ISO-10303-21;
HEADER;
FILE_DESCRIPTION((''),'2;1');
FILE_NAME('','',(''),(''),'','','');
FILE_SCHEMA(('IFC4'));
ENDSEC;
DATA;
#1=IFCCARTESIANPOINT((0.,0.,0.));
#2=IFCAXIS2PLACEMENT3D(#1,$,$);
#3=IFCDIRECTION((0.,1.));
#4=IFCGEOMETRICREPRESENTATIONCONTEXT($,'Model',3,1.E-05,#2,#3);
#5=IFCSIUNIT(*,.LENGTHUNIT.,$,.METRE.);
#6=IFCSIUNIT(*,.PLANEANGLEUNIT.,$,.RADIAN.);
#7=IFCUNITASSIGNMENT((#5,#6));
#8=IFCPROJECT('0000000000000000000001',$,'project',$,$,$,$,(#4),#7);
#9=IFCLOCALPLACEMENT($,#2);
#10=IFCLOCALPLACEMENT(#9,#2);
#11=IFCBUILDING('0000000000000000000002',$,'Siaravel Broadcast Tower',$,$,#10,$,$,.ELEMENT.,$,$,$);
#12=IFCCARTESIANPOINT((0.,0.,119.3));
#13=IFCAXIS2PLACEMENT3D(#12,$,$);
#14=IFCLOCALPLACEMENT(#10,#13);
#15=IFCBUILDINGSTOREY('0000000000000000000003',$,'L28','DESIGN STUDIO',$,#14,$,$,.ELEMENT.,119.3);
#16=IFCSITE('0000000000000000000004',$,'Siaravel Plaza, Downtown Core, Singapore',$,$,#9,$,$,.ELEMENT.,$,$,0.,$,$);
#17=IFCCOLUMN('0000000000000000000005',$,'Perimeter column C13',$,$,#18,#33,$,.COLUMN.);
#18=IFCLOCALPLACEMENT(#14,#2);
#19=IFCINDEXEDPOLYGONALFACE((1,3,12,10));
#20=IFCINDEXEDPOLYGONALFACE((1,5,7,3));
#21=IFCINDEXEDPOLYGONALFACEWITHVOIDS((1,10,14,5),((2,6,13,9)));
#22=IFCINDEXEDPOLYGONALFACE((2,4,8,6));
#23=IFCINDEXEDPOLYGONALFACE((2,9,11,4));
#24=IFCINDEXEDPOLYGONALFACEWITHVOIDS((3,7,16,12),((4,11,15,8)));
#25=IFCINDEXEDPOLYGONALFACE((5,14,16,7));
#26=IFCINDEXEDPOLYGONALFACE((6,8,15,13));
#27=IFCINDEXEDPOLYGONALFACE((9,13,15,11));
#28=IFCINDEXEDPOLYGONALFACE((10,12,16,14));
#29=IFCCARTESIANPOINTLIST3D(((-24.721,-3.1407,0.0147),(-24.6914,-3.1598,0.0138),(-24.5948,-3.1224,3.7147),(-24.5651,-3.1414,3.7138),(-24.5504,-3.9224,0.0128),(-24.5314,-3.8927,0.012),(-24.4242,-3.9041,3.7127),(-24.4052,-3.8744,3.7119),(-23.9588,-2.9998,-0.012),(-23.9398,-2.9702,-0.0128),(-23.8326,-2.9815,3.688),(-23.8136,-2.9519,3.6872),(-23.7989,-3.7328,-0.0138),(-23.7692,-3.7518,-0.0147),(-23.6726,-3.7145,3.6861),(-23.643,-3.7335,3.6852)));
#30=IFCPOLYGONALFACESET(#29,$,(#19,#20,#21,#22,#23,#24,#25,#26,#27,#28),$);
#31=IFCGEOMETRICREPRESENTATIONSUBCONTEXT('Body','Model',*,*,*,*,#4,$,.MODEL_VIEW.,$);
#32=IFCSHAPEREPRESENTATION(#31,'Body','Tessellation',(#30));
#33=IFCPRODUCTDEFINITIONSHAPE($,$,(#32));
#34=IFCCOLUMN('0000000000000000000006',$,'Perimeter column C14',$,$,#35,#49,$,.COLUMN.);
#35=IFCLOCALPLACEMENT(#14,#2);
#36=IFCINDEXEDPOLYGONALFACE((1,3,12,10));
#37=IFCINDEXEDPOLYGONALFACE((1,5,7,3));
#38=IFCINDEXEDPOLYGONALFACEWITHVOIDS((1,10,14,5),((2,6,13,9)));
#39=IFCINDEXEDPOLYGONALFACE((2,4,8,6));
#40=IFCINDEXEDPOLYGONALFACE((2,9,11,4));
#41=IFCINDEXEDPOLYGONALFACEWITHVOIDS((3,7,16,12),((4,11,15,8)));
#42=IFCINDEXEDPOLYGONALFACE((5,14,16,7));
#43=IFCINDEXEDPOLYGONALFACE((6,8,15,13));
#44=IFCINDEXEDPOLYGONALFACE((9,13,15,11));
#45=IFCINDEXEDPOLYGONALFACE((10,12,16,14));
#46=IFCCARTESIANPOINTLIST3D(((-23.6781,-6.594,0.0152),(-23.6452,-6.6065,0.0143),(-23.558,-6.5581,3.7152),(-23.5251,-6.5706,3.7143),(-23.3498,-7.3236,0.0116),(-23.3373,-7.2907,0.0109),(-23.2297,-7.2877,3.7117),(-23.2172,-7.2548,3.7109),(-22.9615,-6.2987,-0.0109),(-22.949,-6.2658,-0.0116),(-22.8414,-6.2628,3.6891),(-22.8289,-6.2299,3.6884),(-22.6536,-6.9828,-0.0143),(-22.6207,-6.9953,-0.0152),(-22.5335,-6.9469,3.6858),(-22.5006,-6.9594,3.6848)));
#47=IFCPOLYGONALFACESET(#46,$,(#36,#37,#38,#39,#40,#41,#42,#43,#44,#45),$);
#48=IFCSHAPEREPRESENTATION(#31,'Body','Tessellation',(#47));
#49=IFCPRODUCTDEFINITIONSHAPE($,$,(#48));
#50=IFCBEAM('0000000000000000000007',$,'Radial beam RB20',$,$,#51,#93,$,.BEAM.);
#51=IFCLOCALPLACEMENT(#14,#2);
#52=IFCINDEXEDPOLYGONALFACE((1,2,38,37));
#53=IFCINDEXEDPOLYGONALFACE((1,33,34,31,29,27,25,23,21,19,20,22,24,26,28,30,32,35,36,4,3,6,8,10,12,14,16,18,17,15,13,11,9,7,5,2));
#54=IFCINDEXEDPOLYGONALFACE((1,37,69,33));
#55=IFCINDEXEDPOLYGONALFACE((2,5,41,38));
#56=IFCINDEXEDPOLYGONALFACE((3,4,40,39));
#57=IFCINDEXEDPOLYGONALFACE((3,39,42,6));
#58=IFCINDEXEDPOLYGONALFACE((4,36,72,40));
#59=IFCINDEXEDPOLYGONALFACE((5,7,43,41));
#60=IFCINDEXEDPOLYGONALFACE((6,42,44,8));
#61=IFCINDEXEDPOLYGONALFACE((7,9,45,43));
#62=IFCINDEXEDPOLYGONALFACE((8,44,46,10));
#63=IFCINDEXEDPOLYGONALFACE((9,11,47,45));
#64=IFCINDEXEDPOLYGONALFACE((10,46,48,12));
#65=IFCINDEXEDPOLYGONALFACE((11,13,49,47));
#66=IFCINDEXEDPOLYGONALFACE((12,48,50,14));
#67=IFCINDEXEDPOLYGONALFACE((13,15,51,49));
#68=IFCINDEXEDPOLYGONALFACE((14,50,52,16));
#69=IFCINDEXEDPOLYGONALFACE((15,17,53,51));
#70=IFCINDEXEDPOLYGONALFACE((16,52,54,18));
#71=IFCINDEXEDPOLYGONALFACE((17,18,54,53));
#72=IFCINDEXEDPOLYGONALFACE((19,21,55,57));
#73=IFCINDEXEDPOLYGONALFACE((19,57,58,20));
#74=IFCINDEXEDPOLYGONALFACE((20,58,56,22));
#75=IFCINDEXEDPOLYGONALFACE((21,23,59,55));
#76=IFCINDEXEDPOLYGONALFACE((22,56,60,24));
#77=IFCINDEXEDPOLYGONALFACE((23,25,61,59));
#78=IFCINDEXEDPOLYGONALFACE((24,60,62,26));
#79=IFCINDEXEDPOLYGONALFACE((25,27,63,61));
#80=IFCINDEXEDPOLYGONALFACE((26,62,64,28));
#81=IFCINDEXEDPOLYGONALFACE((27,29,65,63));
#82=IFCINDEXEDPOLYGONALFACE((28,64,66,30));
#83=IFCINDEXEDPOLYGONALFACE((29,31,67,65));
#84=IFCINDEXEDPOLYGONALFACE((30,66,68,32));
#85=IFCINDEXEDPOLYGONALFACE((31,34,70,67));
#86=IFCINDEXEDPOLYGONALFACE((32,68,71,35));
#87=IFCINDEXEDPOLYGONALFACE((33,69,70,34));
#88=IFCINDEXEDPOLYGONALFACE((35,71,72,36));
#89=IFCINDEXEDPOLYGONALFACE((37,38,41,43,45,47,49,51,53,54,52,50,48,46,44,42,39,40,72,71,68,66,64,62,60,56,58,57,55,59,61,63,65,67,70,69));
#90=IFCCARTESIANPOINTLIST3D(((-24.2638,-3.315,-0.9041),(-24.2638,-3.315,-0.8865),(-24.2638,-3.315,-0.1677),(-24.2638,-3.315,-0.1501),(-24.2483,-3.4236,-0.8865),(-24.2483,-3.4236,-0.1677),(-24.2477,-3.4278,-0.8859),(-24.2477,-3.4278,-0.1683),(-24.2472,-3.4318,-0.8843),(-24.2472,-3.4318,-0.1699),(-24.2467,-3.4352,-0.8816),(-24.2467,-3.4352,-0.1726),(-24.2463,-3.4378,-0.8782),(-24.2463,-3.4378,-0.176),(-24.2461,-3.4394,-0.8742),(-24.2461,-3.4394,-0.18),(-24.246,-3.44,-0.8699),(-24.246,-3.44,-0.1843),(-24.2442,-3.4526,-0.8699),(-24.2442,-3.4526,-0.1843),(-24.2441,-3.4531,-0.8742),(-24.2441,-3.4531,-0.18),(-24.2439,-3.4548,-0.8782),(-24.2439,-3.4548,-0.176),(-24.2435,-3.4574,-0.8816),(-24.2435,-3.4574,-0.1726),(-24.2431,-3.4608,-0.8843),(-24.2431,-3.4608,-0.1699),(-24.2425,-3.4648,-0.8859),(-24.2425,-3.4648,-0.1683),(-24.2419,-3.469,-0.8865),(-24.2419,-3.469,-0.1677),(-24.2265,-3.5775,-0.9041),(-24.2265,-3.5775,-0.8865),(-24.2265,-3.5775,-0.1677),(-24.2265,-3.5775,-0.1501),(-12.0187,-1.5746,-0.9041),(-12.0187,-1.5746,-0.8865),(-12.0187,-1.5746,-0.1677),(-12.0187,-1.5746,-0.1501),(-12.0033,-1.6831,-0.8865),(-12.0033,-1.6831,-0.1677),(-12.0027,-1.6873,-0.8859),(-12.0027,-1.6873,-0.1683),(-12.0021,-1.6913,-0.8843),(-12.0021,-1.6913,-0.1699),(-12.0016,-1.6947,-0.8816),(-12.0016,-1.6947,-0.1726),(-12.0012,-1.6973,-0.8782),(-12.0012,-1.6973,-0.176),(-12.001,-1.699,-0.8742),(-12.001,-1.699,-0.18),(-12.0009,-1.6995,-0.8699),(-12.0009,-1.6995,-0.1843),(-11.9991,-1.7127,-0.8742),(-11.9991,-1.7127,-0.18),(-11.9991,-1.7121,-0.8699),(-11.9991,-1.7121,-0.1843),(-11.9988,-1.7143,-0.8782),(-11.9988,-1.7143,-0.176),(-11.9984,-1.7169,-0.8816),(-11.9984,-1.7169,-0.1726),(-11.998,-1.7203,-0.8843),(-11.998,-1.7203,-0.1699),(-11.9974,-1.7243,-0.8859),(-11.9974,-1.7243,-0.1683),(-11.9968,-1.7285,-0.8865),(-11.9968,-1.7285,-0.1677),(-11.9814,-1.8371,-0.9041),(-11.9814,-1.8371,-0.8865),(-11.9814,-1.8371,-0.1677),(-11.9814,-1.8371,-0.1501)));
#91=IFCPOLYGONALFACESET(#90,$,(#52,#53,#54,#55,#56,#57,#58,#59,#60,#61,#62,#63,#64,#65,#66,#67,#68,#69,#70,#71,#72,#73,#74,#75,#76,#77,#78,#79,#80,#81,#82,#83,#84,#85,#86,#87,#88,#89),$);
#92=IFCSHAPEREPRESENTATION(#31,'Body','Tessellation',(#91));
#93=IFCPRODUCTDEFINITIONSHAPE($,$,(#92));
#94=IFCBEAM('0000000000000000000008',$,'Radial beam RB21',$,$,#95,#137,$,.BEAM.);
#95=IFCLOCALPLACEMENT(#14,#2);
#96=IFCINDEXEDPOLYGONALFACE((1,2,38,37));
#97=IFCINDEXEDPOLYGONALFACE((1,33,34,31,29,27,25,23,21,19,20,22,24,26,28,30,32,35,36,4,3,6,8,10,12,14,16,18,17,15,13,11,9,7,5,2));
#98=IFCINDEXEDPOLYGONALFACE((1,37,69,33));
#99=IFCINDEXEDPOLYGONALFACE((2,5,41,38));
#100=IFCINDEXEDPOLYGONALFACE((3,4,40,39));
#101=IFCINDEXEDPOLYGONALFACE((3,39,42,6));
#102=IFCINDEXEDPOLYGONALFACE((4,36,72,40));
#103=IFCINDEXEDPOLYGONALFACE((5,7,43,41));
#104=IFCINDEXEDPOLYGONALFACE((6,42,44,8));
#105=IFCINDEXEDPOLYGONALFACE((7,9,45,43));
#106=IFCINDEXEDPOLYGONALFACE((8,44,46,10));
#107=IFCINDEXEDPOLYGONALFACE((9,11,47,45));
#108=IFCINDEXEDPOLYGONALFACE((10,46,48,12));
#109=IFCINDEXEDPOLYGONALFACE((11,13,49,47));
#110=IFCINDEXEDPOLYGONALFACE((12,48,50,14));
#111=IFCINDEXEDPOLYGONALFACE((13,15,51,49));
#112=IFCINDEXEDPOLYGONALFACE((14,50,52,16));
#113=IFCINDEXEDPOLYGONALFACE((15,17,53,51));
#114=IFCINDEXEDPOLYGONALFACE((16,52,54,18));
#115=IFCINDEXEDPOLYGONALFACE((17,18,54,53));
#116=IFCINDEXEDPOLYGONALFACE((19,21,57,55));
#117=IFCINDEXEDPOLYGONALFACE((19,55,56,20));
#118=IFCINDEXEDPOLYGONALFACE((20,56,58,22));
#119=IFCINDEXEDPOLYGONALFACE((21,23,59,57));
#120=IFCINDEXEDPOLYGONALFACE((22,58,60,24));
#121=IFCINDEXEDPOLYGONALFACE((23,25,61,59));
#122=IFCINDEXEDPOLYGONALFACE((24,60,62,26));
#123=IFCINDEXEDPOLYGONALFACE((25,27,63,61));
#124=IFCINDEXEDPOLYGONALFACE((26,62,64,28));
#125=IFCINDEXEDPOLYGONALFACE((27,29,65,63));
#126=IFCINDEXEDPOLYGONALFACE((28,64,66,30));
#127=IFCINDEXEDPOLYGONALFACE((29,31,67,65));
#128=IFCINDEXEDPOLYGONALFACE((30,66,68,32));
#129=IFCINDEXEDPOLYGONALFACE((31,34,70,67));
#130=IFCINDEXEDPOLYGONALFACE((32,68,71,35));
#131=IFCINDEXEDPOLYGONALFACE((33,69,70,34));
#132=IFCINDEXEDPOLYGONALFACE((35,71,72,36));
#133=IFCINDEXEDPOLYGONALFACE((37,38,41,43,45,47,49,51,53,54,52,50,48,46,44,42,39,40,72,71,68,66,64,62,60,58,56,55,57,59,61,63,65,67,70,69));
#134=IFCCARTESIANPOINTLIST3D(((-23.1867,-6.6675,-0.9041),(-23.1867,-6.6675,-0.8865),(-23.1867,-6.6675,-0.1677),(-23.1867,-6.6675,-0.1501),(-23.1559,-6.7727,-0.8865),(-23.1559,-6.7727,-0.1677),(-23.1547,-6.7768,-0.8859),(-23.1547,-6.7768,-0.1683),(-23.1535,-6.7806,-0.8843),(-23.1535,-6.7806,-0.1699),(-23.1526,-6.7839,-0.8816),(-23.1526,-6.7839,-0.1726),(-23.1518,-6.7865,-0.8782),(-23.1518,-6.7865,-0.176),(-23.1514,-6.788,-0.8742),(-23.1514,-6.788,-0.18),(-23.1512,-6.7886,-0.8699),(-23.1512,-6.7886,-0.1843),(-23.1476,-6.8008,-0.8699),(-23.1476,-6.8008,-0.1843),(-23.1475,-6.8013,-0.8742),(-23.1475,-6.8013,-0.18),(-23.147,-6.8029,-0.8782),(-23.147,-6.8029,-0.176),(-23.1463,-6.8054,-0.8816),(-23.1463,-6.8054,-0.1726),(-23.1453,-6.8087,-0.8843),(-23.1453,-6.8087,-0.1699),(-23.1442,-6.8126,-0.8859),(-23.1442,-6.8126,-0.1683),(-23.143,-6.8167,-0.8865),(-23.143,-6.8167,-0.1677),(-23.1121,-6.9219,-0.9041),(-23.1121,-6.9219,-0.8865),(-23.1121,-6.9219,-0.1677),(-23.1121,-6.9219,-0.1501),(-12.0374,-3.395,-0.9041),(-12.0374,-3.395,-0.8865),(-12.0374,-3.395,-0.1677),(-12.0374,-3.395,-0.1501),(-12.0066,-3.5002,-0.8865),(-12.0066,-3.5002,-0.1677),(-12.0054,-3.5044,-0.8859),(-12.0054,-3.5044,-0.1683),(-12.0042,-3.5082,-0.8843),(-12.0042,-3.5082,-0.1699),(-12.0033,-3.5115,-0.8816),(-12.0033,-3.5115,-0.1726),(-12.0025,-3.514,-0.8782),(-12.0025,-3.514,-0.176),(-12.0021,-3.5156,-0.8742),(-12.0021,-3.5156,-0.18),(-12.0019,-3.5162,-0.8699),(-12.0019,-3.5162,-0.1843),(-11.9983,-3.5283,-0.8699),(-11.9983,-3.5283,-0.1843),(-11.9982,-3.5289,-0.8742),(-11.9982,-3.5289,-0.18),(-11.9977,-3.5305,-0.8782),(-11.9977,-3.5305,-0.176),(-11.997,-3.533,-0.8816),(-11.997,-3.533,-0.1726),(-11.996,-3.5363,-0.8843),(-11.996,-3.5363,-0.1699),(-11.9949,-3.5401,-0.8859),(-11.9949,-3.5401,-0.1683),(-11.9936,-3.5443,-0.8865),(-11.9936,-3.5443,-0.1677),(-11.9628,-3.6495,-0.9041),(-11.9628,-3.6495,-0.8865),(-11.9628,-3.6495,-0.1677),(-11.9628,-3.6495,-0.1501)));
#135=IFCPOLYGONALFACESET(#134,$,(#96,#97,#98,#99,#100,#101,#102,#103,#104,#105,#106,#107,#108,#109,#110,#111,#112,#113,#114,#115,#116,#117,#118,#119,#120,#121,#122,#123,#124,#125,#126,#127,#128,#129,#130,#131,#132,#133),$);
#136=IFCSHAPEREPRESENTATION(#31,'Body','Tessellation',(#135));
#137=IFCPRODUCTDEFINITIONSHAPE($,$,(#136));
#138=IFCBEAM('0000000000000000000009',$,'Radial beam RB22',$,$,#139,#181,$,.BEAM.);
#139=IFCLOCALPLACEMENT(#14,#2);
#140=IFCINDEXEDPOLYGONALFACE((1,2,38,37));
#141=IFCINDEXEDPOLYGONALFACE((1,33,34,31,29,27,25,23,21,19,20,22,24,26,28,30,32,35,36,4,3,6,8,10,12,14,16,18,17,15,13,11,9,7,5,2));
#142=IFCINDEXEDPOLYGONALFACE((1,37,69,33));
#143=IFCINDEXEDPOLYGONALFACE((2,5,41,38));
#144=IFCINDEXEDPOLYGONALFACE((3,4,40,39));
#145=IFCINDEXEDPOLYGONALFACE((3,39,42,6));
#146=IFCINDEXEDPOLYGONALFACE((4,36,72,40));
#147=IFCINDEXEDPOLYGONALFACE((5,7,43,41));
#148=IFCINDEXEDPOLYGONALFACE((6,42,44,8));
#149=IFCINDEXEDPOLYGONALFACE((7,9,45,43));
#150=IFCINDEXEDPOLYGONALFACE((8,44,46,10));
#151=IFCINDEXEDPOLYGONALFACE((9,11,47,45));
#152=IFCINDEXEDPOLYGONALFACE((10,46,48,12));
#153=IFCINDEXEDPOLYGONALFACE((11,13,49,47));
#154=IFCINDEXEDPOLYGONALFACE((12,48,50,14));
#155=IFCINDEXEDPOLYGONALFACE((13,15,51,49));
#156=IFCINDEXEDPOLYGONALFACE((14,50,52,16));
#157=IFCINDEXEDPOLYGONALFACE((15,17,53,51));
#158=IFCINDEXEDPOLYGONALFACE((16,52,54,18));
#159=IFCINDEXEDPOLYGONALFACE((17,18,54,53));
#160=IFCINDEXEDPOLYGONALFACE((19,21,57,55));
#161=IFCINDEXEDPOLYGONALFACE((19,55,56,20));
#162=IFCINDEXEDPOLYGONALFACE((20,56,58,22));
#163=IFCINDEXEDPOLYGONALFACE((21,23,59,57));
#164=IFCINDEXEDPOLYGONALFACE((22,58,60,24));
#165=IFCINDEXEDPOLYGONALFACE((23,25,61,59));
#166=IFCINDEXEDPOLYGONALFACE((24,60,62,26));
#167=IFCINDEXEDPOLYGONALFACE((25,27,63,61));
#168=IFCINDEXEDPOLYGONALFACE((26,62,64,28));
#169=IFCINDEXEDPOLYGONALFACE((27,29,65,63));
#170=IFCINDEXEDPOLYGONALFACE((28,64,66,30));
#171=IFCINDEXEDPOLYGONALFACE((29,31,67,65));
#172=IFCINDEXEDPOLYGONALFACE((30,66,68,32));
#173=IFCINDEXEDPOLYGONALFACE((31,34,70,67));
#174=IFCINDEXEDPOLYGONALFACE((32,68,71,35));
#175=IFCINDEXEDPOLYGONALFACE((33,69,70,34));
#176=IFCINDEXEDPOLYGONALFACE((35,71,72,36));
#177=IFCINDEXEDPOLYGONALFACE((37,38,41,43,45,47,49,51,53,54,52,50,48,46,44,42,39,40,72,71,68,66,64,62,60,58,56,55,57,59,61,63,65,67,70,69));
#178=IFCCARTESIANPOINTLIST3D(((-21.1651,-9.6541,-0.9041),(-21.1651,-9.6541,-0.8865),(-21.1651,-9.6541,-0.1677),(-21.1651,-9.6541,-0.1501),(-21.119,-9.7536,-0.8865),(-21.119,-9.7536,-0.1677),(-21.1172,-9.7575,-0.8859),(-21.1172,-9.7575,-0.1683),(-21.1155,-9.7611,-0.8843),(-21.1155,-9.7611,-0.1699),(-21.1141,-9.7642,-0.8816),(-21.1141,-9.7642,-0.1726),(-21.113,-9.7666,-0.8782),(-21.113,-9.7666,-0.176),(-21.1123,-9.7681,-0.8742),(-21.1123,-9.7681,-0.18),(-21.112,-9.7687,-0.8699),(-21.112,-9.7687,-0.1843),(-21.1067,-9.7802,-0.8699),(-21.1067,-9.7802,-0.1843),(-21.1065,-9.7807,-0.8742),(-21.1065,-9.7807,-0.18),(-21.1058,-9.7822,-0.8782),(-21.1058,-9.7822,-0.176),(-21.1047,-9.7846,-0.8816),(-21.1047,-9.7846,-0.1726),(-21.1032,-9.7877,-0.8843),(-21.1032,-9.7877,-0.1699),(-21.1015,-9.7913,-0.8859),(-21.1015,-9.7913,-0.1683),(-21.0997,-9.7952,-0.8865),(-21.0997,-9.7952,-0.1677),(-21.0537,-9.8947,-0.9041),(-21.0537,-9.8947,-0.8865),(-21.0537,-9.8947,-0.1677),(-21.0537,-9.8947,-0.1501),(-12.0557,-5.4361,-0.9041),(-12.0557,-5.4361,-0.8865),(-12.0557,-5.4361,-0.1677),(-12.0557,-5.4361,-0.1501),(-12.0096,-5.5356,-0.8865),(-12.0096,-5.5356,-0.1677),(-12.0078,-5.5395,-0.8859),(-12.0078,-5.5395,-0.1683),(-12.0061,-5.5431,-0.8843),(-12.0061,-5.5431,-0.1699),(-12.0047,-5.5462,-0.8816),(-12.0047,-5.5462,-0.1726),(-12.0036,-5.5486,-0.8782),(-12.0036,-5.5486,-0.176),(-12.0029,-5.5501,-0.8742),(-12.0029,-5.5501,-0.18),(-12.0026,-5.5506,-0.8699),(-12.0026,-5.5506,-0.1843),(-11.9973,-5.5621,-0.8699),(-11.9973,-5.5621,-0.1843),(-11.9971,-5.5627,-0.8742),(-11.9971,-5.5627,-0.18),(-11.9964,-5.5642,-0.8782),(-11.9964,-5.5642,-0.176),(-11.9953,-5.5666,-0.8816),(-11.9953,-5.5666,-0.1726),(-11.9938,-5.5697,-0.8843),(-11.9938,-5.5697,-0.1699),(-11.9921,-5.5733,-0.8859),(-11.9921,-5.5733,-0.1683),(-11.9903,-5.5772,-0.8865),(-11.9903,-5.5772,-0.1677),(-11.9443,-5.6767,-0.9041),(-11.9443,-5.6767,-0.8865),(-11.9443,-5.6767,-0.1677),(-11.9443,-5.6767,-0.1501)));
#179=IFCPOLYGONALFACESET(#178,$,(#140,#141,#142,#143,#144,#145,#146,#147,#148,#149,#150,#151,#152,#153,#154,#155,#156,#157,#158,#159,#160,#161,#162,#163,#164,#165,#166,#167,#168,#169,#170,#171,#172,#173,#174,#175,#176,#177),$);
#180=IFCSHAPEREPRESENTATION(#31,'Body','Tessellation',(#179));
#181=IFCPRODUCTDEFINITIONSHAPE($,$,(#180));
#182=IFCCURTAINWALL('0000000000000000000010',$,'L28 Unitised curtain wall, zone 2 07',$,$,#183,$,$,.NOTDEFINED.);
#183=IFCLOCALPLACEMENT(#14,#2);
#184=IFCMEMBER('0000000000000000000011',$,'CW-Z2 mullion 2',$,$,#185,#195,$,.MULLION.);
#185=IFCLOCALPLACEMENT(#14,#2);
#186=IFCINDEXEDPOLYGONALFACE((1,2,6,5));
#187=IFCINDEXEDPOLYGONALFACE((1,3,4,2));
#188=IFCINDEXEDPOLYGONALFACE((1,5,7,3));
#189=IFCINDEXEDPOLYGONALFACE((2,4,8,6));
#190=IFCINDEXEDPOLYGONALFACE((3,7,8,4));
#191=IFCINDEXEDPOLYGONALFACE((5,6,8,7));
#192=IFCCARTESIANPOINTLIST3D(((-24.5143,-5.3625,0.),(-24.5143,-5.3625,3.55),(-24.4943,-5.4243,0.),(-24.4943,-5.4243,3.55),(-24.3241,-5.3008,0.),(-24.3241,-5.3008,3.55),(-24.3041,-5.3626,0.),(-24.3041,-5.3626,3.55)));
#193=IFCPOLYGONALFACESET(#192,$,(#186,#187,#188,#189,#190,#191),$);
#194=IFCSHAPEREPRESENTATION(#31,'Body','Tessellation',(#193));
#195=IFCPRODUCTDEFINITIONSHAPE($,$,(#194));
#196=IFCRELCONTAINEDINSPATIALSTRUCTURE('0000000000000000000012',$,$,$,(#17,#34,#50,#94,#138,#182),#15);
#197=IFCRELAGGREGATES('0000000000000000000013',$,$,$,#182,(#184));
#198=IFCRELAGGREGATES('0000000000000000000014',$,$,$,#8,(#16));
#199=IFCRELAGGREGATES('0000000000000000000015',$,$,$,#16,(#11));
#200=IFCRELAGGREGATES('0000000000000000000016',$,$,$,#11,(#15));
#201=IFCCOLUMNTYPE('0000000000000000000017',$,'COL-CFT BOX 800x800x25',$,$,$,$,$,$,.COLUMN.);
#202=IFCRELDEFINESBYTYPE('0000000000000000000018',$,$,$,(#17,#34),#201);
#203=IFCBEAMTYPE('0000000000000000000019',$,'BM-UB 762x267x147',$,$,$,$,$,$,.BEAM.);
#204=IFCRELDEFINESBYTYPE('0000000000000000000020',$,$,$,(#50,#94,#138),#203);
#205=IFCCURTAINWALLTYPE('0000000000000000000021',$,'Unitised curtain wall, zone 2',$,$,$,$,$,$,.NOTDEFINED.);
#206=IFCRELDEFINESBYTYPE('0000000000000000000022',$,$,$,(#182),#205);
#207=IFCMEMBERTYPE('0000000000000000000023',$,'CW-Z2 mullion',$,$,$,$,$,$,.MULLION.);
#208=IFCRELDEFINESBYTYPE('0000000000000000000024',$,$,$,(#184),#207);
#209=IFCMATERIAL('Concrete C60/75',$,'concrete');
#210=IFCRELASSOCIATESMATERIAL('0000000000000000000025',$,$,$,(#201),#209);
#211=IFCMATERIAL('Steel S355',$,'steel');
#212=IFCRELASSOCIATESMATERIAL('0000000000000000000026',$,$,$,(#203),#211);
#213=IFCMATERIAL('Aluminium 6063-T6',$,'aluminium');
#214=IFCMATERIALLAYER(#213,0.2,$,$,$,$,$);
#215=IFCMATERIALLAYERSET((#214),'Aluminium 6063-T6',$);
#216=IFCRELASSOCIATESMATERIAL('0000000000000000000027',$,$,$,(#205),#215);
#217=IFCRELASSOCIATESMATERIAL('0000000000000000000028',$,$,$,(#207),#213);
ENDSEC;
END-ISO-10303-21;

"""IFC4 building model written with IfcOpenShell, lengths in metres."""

from ifc_helpers import new_model, si_unit, direction, frame, origin, origin_2d, place, context, subcontext, project, spatial, rectangle, hollow_rectangle, i_section, extrude, material, layer, layer_set, material_profile, profile_set, type_object, element, aggregate, save


model = new_model("IFC4")

# Units and contexts
model_context = context("Model", 3, precision=1e-05, world=origin(), true_north=direction((0.0, 1.0)))
body_context = subcontext(model_context, "Body", "Model", "MODEL_VIEW")
ifc_project = project(units=[si_unit("LENGTHUNIT", "METRE"), si_unit("PLANEANGLEUNIT", "RADIAN")], contexts=[model_context])

# Site, building, storey
site_placement = place(None, origin())
site = spatial("IfcSite", under=ifc_project, at=site_placement, Name="Siaravel Plaza, Downtown Core, Singapore", CompositionType="ELEMENT", RefElevation=0.0)
building_placement = place(site_placement, origin())
building = spatial("IfcBuilding", under=site, at=building_placement, Name="Siaravel Broadcast Tower", CompositionType="ELEMENT")
storey_placement = place(building_placement, frame((0.0, 0.0, 119.3)))
storey = spatial("IfcBuildingStorey", under=building, at=storey_placement, Name="L28", Description="DESIGN STUDIO", CompositionType="ELEMENT", Elevation=119.3)

# Columns
ifc_material_1 = material(Name="Concrete C60/75", Category="concrete")
ifc_material_profile_1 = material_profile(ifc_material_1, hollow_rectangle(XDim=0.8, YDim=0.8, WallThickness=0.0249, at=origin_2d()))
ifc_profile_set_1 = profile_set([ifc_material_profile_1], Name="Concrete C60/75")
column_type = type_object("IfcColumnType", Name="COL-CFT BOX 800x800x25", PredefinedType="COLUMN", material=ifc_profile_set_1)
for number, where, z_axis, x_axis, name in (
    (1, (-24.2451, -3.4463, 0.0), (0.034094, 0.004946, 0.999406), (-0.213197, 0.977006, 0.002438), "Perimeter column C13"),
    (2, (-23.1494, -6.7947, 0.0), (0.032446, 0.009694, 0.999426), (-0.410409, 0.91189, 0.004479), "Perimeter column C14"),
):
    element("IfcColumn", number, at=place(storey_placement, frame(where, z_axis=z_axis, x_axis=x_axis)), inside=storey, type_object=column_type, Name=name, PredefinedType="COLUMN", context=body_context, shape_type="SweptSolid", body=[
        extrude(hollow_rectangle(XDim=0.8, YDim=0.8, WallThickness=0.0249, at=origin_2d()), origin(), (0.0, 0.0, 1.0), 3.7021),
    ])

# Beams
ifc_material_2 = material(Name="Steel S355", Category="steel")
ifc_material_profile_2 = material_profile(ifc_material_2, i_section(OverallWidth=0.2651, OverallDepth=0.7539, WebThickness=0.0127, FlangeThickness=0.0176, FilletRadius=0.0166, at=origin_2d()))
ifc_profile_set_2 = profile_set([ifc_material_profile_2], Name="Steel S355")
beam_type = type_object("IfcBeamType", Name="BM-UB 762x267x147", PredefinedType="BEAM", material=ifc_profile_set_2)
beam_1_placement = place(storey_placement, frame((-24.2451, -3.4463, -0.5271), z_axis=(0.990049, 0.140722, 0.0), x_axis=(-0.140722, 0.990049, 0.0)))
element("IfcBeam", 3, at=beam_1_placement, inside=storey, type_object=beam_type, Name="Radial beam RB20", PredefinedType="BEAM", context=body_context, shape_type="SweptSolid", body=[
    extrude(i_section(OverallWidth=0.2651, OverallDepth=0.7539, WebThickness=0.0127, FlangeThickness=0.0176, FilletRadius=0.0166, at=origin_2d()), origin(), (0.0, 0.0, 1.0), 12.3682),
])
beam_2_placement = place(storey_placement, frame((-23.1494, -6.7947, -0.5271), z_axis=(0.959523, 0.281629, 0.0), x_axis=(-0.281629, 0.959523, 0.0)))
element("IfcBeam", 4, at=beam_2_placement, inside=storey, type_object=beam_type, Name="Radial beam RB21", PredefinedType="BEAM", context=body_context, shape_type="SweptSolid", body=[
    extrude(i_section(OverallWidth=0.2651, OverallDepth=0.7539, WebThickness=0.0127, FlangeThickness=0.0176, FilletRadius=0.0166, at=origin_2d()), origin(), (0.0, 0.0, 1.0), 11.6196),
])
beam_3_placement = place(storey_placement, frame((-21.1094, -9.7744, -0.5271), z_axis=(0.90744, 0.420182, 0.0), x_axis=(-0.420182, 0.90744, 0.0)))
element("IfcBeam", 5, at=beam_3_placement, inside=storey, type_object=beam_type, Name="Radial beam RB22", PredefinedType="BEAM", context=body_context, shape_type="SweptSolid", body=[
    extrude(i_section(OverallWidth=0.2651, OverallDepth=0.7539, WebThickness=0.0127, FlangeThickness=0.0176, FilletRadius=0.0166, at=origin_2d()), origin(), (0.0, 0.0, 1.0), 10.0386),
])

# Curtain wall, member
ifc_material_3 = material(Name="Aluminium 6063-T6", Category="aluminium")
ifc_layer_1 = layer(ifc_material_3, 0.2)
ifc_layer_set_1 = layer_set([ifc_layer_1], Name="Aluminium 6063-T6")
curtain_wall_type = type_object("IfcCurtainWallType", Name="Unitised curtain wall, zone 2", PredefinedType="NOTDEFINED", material=ifc_layer_set_1)
curtain_wall_placement = place(storey_placement, origin())
curtain_wall = element("IfcCurtainWall", 6, at=curtain_wall_placement, inside=storey, type_object=curtain_wall_type, Name="L28 Unitised curtain wall, zone 2 07", PredefinedType="NOTDEFINED")
ifc_material_profile_3 = material_profile(ifc_material_3, rectangle(XDim=0.2, YDim=0.0649, at=origin_2d()))
ifc_profile_set_3 = profile_set([ifc_material_profile_3], Name="Aluminium 6063-T6")
member_type_1 = type_object("IfcMemberType", Name="CW-Z2 mullion", PredefinedType="MULLION", material=ifc_profile_set_3)
member_1_placement = place(storey_placement, frame((-24.4092, -5.3625, 0.0), z_axis=(0.0, 0.0, 1.0), x_axis=(0.951177, 0.308645, 0.0)))
member_1 = element("IfcMember", 7, at=member_1_placement, type_object=member_type_1, Name="CW-Z2 mullion 2", PredefinedType="MULLION", context=body_context, shape_type="SweptSolid", body=[
    extrude(rectangle(XDim=0.2, YDim=0.0649, at=origin_2d()), origin(), (0.0, 0.0, 1.0), 3.55),
])

aggregate(curtain_wall, [member_1])

save(model, "model.ifc")
